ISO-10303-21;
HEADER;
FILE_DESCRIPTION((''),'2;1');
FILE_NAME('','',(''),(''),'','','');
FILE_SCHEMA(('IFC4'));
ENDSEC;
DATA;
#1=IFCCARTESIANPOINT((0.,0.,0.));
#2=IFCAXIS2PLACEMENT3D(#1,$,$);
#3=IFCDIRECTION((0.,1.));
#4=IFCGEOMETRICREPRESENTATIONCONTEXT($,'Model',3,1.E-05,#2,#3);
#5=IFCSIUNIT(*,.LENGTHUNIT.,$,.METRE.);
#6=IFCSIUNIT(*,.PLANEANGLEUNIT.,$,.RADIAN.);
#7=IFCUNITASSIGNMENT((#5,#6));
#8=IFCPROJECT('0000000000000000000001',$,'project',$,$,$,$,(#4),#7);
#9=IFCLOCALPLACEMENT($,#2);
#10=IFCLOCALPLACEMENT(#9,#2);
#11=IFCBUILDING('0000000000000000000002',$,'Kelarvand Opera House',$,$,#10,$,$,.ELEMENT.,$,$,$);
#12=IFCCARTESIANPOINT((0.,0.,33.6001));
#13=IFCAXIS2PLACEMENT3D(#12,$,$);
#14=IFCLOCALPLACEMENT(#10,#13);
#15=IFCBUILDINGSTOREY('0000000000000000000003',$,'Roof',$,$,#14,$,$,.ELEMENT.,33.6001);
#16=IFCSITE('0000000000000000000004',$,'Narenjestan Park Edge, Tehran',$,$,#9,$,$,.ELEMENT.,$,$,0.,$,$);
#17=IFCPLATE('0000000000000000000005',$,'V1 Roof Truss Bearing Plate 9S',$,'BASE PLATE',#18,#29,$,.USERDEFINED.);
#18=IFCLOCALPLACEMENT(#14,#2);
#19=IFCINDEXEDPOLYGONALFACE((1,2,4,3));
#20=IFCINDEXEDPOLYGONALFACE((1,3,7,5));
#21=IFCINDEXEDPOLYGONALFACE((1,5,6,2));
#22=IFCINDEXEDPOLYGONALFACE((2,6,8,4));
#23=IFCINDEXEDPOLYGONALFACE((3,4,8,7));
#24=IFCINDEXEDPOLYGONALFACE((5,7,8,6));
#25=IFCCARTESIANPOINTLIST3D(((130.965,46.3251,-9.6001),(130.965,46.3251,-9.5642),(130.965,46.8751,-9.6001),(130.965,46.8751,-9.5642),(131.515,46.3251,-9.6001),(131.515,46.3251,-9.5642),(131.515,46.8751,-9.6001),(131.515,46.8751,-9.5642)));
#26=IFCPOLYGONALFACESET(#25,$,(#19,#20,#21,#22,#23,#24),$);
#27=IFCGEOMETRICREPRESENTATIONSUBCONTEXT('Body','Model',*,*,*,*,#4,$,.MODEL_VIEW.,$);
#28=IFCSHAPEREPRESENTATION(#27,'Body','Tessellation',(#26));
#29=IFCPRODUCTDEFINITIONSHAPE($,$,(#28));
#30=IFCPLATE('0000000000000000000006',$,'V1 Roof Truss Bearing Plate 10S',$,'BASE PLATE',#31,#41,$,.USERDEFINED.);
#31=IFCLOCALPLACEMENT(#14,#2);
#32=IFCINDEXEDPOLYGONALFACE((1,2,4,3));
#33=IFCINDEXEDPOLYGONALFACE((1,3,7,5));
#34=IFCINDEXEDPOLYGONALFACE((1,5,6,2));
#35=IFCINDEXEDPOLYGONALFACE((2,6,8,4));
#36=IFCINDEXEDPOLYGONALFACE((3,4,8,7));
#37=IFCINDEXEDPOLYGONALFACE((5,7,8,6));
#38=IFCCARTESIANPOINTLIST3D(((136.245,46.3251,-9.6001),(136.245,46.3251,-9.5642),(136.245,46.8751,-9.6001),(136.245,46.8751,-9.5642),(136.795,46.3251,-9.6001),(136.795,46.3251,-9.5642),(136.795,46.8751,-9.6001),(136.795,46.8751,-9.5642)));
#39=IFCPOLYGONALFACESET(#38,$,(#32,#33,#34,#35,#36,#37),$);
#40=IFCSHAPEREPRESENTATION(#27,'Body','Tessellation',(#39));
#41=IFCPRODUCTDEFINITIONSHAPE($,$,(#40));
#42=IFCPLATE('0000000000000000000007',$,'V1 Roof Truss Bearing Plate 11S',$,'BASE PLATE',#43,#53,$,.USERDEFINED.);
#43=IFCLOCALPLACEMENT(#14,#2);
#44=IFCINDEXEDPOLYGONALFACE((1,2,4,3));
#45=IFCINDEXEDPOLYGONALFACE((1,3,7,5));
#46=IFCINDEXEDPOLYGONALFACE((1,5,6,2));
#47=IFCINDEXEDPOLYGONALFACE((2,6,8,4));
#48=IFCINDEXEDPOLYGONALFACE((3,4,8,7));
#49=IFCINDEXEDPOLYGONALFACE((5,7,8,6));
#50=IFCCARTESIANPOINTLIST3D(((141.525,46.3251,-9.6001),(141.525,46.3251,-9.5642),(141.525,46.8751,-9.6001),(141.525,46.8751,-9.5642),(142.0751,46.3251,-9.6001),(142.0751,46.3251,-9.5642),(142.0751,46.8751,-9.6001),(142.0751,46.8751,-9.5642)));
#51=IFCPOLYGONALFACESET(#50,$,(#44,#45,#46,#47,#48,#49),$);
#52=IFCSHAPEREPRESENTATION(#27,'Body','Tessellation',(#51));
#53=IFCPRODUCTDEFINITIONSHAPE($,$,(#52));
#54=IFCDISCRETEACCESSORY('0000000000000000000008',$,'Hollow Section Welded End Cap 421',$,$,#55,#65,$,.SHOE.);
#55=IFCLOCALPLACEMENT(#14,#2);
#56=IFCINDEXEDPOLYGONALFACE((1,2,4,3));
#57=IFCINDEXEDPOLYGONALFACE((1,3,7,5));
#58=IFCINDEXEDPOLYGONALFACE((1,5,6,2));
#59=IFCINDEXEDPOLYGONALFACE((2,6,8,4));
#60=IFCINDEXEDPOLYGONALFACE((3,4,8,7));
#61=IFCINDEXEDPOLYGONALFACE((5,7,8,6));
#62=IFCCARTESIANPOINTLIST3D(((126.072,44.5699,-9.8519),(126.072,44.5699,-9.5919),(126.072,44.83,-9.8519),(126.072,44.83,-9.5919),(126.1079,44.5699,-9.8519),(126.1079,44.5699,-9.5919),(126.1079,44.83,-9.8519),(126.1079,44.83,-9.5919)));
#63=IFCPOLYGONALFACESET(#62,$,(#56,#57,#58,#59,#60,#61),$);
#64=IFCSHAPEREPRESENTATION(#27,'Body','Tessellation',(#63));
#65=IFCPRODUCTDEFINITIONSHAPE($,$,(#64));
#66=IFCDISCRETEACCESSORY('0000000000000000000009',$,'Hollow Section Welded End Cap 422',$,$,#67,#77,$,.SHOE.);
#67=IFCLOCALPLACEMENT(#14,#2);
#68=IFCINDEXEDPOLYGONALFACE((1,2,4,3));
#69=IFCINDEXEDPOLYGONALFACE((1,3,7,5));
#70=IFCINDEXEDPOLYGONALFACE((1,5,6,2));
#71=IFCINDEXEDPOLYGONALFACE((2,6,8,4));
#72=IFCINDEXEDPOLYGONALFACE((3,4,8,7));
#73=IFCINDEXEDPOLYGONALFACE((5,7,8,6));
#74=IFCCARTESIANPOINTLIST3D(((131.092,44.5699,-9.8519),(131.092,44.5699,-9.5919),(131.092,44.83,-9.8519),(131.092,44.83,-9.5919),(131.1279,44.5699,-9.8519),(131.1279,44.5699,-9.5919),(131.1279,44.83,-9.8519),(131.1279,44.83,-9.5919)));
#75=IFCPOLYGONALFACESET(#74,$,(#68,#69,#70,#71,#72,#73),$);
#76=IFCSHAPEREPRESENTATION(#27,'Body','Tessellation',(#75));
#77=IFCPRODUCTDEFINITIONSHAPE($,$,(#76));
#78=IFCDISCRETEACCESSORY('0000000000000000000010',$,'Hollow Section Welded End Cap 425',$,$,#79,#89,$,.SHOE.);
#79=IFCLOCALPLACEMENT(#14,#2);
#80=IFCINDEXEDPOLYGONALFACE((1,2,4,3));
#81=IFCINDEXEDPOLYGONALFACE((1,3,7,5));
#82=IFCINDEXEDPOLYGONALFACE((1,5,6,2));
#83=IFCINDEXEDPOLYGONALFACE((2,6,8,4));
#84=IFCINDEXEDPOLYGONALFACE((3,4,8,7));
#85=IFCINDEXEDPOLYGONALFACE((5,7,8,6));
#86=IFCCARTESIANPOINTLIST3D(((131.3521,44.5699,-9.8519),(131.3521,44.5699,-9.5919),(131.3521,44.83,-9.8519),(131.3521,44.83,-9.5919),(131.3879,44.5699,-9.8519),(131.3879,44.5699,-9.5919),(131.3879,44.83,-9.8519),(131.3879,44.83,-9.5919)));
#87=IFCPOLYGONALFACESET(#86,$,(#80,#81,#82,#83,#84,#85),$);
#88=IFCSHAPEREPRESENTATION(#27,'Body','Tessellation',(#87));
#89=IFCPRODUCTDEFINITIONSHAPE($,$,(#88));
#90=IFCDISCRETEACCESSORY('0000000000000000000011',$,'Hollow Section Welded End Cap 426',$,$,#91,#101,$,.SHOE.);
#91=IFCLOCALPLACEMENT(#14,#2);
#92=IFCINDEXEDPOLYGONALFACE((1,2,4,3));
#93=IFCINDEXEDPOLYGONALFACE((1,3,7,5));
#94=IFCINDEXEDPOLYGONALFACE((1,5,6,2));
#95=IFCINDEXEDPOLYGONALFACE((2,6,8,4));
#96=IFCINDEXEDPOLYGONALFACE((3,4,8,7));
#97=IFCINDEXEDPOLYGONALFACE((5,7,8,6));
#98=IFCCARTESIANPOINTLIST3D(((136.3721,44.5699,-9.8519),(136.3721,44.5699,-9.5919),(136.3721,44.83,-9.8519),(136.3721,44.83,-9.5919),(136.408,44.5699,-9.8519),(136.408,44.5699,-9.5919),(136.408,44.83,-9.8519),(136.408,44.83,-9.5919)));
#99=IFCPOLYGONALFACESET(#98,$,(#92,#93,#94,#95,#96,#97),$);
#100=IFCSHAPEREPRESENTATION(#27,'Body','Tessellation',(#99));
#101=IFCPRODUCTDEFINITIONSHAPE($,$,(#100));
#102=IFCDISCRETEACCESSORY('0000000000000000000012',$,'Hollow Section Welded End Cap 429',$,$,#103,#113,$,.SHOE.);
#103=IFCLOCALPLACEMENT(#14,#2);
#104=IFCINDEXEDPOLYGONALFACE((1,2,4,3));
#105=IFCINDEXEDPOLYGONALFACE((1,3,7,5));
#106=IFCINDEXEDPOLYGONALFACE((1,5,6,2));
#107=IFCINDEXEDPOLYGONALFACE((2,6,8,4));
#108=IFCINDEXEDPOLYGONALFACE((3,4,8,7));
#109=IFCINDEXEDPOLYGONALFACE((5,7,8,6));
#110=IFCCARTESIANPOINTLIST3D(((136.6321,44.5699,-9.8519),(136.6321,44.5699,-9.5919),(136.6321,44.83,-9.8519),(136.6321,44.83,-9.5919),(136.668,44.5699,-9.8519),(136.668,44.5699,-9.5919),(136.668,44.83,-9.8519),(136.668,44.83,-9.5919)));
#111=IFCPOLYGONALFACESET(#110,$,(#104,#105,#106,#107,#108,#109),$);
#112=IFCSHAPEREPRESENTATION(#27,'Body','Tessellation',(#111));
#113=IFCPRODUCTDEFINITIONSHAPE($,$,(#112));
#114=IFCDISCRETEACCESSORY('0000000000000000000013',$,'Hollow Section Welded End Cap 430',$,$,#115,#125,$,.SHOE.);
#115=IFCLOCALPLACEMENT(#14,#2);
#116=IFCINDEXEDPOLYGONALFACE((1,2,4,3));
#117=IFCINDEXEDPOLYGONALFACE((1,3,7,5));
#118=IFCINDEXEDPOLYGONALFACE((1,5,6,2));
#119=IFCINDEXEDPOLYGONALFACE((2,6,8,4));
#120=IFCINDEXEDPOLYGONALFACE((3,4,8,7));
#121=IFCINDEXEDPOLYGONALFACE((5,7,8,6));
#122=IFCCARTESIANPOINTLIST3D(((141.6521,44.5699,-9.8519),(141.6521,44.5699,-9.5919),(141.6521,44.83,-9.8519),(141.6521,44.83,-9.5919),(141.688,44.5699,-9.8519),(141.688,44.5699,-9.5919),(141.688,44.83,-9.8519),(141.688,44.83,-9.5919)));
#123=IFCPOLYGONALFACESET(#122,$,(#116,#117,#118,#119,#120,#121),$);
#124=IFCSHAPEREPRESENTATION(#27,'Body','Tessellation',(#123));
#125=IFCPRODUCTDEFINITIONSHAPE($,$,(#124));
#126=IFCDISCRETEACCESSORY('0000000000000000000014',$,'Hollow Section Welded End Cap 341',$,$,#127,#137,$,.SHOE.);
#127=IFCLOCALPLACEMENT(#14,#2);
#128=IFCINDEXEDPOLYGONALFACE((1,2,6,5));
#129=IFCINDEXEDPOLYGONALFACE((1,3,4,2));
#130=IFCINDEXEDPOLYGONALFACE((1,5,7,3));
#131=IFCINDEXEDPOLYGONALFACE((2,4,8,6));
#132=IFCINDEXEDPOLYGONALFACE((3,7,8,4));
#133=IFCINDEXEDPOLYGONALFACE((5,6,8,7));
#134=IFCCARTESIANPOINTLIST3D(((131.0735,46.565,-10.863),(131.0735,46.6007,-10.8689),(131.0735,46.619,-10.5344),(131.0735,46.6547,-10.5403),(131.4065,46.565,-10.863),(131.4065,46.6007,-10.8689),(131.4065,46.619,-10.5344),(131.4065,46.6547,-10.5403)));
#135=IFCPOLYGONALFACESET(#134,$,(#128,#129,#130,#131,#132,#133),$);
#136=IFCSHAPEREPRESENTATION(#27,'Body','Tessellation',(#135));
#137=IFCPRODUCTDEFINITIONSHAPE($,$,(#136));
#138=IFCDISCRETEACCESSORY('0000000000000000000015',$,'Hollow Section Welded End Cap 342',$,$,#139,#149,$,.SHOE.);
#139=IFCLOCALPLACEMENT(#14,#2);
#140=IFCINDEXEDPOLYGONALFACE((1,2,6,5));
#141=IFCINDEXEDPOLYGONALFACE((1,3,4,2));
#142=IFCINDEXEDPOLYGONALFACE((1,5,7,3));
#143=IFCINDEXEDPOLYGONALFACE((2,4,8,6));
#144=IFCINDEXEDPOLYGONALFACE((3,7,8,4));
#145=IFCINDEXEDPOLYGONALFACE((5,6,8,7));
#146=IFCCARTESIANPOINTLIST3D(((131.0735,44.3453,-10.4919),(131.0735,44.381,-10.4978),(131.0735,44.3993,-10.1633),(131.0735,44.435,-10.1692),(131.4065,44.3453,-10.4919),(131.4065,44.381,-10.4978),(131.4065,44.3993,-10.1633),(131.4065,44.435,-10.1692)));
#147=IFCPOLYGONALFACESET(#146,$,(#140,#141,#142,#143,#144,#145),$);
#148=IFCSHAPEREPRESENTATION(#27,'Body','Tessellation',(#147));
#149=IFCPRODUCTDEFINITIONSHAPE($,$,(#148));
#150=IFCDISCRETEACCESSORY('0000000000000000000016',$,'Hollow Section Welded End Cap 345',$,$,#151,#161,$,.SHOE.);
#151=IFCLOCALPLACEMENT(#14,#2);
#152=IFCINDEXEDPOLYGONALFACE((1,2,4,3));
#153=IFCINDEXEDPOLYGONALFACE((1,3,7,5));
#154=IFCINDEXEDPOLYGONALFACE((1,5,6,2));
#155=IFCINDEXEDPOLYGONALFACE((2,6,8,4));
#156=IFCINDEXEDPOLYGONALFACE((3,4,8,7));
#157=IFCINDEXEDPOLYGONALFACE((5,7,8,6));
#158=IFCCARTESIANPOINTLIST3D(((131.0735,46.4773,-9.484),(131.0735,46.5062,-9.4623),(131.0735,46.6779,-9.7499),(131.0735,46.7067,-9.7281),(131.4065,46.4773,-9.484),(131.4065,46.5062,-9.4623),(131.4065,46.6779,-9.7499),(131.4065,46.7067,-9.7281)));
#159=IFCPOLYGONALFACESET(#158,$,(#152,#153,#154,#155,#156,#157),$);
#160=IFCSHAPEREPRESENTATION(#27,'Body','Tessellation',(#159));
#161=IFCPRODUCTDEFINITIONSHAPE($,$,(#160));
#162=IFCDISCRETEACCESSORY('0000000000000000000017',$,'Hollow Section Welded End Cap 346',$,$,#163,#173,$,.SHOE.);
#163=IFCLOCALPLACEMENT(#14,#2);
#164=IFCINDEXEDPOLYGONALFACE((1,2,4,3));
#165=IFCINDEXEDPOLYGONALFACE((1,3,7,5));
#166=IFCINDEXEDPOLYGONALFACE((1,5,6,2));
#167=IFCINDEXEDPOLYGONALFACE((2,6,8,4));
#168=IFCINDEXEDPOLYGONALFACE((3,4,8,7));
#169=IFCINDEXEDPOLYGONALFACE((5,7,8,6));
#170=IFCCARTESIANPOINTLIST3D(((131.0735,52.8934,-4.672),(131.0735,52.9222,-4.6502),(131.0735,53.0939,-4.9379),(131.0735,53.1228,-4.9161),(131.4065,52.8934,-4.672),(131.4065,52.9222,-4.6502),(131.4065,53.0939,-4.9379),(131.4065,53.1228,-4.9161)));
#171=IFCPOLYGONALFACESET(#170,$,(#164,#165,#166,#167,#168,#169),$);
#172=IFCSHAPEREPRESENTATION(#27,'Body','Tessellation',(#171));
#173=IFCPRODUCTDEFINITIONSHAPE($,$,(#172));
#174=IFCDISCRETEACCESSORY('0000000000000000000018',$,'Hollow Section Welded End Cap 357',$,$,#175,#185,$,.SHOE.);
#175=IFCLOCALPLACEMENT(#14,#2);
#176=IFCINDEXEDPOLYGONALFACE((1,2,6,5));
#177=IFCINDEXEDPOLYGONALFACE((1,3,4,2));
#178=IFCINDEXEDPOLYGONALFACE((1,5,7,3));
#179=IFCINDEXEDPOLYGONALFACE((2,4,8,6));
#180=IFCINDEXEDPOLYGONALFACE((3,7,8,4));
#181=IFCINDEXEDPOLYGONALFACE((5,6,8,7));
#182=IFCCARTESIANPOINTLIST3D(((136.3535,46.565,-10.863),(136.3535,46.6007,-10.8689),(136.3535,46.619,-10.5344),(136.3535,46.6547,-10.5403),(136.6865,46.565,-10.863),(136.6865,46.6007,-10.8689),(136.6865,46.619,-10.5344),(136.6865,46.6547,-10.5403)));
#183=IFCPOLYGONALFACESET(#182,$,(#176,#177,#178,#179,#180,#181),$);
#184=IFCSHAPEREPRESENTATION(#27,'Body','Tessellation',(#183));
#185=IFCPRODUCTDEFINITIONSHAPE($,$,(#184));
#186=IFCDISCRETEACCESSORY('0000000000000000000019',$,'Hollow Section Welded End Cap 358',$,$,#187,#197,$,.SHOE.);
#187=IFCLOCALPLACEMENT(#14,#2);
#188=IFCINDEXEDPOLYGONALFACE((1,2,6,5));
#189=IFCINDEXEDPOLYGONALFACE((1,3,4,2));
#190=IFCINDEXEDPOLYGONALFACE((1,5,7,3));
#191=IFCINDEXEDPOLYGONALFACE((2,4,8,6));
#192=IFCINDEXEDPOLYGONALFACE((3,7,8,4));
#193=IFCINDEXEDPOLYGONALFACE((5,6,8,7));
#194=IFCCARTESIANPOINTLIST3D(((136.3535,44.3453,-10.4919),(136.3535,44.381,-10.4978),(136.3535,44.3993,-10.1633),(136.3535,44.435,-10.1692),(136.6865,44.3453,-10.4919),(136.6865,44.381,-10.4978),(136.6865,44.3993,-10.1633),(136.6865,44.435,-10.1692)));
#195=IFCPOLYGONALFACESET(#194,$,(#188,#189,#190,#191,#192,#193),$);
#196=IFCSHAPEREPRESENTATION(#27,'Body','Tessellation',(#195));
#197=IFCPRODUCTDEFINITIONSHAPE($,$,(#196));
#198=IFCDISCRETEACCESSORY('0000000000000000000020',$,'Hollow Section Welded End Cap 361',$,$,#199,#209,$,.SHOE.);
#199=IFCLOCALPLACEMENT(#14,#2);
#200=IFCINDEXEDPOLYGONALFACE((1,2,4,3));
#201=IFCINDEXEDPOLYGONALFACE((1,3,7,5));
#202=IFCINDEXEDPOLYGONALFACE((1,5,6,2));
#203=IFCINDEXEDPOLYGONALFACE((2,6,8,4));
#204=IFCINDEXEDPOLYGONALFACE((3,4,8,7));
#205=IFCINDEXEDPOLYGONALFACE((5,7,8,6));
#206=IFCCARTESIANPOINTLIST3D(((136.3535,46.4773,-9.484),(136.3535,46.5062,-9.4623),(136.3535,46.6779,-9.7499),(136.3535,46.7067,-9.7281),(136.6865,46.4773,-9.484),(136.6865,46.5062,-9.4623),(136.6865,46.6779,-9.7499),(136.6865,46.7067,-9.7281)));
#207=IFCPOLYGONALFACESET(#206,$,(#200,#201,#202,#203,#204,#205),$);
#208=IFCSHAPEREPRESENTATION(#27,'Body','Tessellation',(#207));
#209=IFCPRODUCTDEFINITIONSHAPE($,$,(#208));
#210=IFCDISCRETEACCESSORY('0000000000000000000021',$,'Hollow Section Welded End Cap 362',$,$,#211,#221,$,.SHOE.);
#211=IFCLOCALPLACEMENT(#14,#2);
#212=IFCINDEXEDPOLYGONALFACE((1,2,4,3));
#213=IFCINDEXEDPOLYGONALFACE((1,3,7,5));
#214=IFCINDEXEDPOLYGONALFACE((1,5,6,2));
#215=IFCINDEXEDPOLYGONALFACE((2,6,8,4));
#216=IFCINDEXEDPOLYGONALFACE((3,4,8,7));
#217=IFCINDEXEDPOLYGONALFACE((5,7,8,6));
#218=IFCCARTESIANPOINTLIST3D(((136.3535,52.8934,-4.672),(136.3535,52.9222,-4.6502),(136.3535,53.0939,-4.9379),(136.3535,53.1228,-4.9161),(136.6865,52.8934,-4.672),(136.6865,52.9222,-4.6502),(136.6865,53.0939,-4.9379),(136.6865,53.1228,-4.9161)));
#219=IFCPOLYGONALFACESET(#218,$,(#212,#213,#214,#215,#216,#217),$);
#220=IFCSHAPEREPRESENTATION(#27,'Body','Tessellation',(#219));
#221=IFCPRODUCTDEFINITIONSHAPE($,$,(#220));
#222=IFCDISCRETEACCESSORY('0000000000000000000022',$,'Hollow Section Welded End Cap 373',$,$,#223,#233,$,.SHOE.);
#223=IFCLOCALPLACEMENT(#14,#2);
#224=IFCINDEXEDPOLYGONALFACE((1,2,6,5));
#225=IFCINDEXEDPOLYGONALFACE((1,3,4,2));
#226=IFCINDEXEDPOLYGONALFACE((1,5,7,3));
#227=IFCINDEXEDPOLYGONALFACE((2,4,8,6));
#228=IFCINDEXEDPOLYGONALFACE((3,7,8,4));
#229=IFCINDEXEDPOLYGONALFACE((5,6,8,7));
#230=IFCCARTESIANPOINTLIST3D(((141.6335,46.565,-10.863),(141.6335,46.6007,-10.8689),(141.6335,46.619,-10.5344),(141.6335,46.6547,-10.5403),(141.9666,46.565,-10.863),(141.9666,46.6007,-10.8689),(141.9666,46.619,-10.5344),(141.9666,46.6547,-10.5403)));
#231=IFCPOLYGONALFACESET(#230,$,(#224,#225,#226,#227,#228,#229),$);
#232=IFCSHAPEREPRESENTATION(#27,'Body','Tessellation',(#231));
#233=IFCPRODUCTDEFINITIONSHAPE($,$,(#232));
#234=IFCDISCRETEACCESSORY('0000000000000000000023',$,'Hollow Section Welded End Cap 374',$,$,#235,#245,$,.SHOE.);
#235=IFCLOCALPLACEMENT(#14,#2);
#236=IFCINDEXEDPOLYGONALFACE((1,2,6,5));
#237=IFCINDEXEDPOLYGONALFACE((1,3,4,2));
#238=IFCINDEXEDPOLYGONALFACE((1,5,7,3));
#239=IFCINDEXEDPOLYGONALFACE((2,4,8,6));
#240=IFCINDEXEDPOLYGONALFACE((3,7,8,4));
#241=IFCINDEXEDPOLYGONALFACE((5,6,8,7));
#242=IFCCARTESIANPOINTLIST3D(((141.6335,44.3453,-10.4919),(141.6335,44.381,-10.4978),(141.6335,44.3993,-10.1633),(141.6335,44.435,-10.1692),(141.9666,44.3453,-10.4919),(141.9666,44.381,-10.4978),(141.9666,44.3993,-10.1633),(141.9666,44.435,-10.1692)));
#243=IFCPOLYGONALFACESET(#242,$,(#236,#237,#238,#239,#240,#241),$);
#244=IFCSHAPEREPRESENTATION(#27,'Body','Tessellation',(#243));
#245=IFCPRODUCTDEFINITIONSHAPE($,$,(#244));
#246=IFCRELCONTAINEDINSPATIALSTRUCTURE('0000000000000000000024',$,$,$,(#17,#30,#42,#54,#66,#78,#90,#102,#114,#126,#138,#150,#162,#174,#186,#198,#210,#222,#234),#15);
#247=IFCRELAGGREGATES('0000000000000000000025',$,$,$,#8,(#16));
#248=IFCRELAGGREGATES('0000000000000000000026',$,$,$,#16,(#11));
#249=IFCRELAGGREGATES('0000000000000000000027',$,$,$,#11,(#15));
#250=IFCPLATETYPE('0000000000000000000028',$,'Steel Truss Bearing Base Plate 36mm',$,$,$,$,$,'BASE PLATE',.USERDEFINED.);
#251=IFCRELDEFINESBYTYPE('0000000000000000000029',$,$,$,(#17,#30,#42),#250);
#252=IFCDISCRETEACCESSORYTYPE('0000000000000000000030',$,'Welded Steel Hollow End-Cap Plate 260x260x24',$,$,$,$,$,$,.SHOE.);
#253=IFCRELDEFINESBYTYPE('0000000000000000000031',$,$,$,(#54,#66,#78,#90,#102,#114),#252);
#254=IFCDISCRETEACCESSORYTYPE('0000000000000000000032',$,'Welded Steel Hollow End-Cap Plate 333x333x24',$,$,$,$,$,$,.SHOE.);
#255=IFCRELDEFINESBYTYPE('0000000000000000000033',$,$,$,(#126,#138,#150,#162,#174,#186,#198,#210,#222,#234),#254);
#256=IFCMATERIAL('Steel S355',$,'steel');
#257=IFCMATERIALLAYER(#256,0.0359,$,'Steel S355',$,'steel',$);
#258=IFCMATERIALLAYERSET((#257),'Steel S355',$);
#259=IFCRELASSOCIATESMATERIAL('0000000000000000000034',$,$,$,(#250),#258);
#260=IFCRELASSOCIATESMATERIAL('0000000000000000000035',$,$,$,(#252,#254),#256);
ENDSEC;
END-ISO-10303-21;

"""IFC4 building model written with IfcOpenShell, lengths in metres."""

from ifc_helpers import new_model, si_unit, direction, frame, origin, origin_2d, place, context, subcontext, project, spatial, rectangle, extrude, material, layer, layer_set, material_profile, profile_set, type_object, element, save


model = new_model("IFC4")

# Units and contexts
model_context = context("Model", 3, precision=1e-05, world=origin(), true_north=direction((0.0, 1.0)))
body_context = subcontext(model_context, "Body", "Model", "MODEL_VIEW")
ifc_project = project(units=[si_unit("LENGTHUNIT", "METRE"), si_unit("PLANEANGLEUNIT", "RADIAN")], contexts=[model_context])

# Site, building, storey
site_placement = place(None, origin())
site = spatial("IfcSite", under=ifc_project, at=site_placement, Name="Narenjestan Park Edge, Tehran", CompositionType="ELEMENT", RefElevation=0.0)
building_placement = place(site_placement, origin())
building = spatial("IfcBuilding", under=site, at=building_placement, Name="Kelarvand Opera House", CompositionType="ELEMENT")
storey_placement = place(building_placement, frame((0.0, 0.0, 33.6001)))
storey = spatial("IfcBuildingStorey", under=building, at=storey_placement, Name="Roof", CompositionType="ELEMENT", Elevation=33.6001)

# Shared definitions
ifc_material = material(Name="Steel S355", Category="steel")

# Plates
ifc_layer = layer(ifc_material, 0.0359, Name="Steel S355", Category="steel")
ifc_layer_set = layer_set([ifc_layer], Name="Steel S355")
plate_type = type_object("IfcPlateType", Name="Steel Truss Bearing Base Plate 36mm", ElementType="BASE PLATE", PredefinedType="USERDEFINED", material=ifc_layer_set)
for number, where, z_axis, x_axis, name in (
    (1, (131.24, 46.6001, -9.6001), (0.0, 0.0, 1.0), (1.0, 0.0, 0.0), "V1 Roof Truss Bearing Plate 9S"),
    (2, (136.52, 46.6001, -9.6001), (0.0, 0.0, 1.0), (1.0, 0.0, 0.0), "V1 Roof Truss Bearing Plate 10S"),
    (3, (141.8, 46.6001, -9.6001), (0.0, 0.0, 1.0), (1.0, 0.0, 0.0), "V1 Roof Truss Bearing Plate 11S"),
):
    element("IfcPlate", number, at=place(storey_placement, frame(where, z_axis=z_axis, x_axis=x_axis)), inside=storey, type_object=plate_type, Name=name, ObjectType="BASE PLATE", PredefinedType="USERDEFINED", context=body_context, shape_type="SweptSolid", body=[
        extrude(rectangle(XDim=0.55, YDim=0.55, at=origin_2d()), origin(), (0.0, 0.0, 1.0), 0.0359),
    ])

# Discrete accessories
ifc_material_profile_1 = material_profile(ifc_material, rectangle(XDim=0.26, YDim=0.26, at=origin_2d()), Name="Welded Steel Hollow End-Cap Plate 260x260x24", Category="steel")
ifc_profile_set_1 = profile_set([ifc_material_profile_1], Name="Steel S355")
discrete_accessory_type_1 = type_object("IfcDiscreteAccessoryType", Name="Welded Steel Hollow End-Cap Plate 260x260x24", PredefinedType="SHOE", material=ifc_profile_set_1)
for number, where, z_axis, x_axis, name in (
    (4, (126.1079, 44.7, -9.7219), (-1.0, 0.0, 0.0), (0.0, -1.0, 0.0), "Hollow Section Welded End Cap 421"),
    (5, (131.092, 44.7, -9.7219), (1.0, 0.0, 0.0), (0.0, 1.0, 0.0), "Hollow Section Welded End Cap 422"),
    (6, (131.3879, 44.7, -9.7219), (-1.0, 0.0, 0.0), (0.0, -1.0, 0.0), "Hollow Section Welded End Cap 425"),
    (7, (136.3721, 44.7, -9.7219), (1.0, 0.0, 0.0), (0.0, 1.0, 0.0), "Hollow Section Welded End Cap 426"),
    (8, (136.668, 44.7, -9.7219), (-1.0, 0.0, 0.0), (0.0, -1.0, 0.0), "Hollow Section Welded End Cap 429"),
    (9, (141.6521, 44.7, -9.7219), (1.0, 0.0, 0.0), (0.0, 1.0, 0.0), "Hollow Section Welded End Cap 430"),
):
    element("IfcDiscreteAccessory", number, at=place(storey_placement, frame(where, z_axis=z_axis, x_axis=x_axis)), inside=storey, type_object=discrete_accessory_type_1, Name=name, PredefinedType="SHOE", context=body_context, shape_type="SweptSolid", body=[
        extrude(rectangle(XDim=0.26, YDim=0.26, at=origin_2d()), origin(), (0.0, 0.0, 1.0), 0.0359),
    ])
ifc_material_profile_2 = material_profile(ifc_material, rectangle(XDim=0.333, YDim=0.333, at=origin_2d()), Name="Welded Steel Hollow End-Cap Plate 333x333x24", Category="steel")
ifc_profile_set_2 = profile_set([ifc_material_profile_2], Name="Steel S355")
discrete_accessory_type_2 = type_object("IfcDiscreteAccessoryType", Name="Welded Steel Hollow End-Cap Plate 333x333x24", PredefinedType="SHOE", material=ifc_profile_set_2)
for number, where, z_axis, x_axis, name in (
    (10, (131.24, 46.592, -10.6987), (0.0, 0.986757, -0.162207), (-1.0, 0.0, 0.0), "Hollow Section Welded End Cap 341"),
    (11, (131.24, 44.408, -10.3335), (0.0, -0.986757, 0.162207), (1.0, 0.0, 0.0), "Hollow Section Welded End Cap 342"),
    (12, (131.24, 46.6064, -9.5952), (0.0, -0.798373, -0.602163), (1.0, 0.0, 0.0), "Hollow Section Welded End Cap 345"),
    (13, (131.24, 52.9937, -4.8049), (0.0, 0.798373, 0.602163), (-1.0, 0.0, 0.0), "Hollow Section Welded End Cap 346"),
    (14, (136.52, 46.592, -10.6987), (0.0, 0.986757, -0.162207), (-1.0, 0.0, 0.0), "Hollow Section Welded End Cap 357"),
    (15, (136.52, 44.408, -10.3335), (0.0, -0.986757, 0.162207), (1.0, 0.0, 0.0), "Hollow Section Welded End Cap 358"),
    (16, (136.52, 46.6064, -9.5952), (0.0, -0.798373, -0.602163), (1.0, 0.0, 0.0), "Hollow Section Welded End Cap 361"),
    (17, (136.52, 52.9937, -4.8049), (0.0, 0.798373, 0.602163), (-1.0, 0.0, 0.0), "Hollow Section Welded End Cap 362"),
    (18, (141.8, 46.592, -10.6987), (0.0, 0.986757, -0.162207), (-1.0, 0.0, 0.0), "Hollow Section Welded End Cap 373"),
    (19, (141.8, 44.408, -10.3335), (0.0, -0.986757, 0.162207), (1.0, 0.0, 0.0), "Hollow Section Welded End Cap 374"),
):
    element("IfcDiscreteAccessory", number, at=place(storey_placement, frame(where, z_axis=z_axis, x_axis=x_axis)), inside=storey, type_object=discrete_accessory_type_2, Name=name, PredefinedType="SHOE", context=body_context, shape_type="SweptSolid", body=[
        extrude(rectangle(XDim=0.333, YDim=0.333, at=origin_2d()), origin(), (0.0, 0.0, 1.0), 0.0361),
    ])

save(model, "model.ifc")
